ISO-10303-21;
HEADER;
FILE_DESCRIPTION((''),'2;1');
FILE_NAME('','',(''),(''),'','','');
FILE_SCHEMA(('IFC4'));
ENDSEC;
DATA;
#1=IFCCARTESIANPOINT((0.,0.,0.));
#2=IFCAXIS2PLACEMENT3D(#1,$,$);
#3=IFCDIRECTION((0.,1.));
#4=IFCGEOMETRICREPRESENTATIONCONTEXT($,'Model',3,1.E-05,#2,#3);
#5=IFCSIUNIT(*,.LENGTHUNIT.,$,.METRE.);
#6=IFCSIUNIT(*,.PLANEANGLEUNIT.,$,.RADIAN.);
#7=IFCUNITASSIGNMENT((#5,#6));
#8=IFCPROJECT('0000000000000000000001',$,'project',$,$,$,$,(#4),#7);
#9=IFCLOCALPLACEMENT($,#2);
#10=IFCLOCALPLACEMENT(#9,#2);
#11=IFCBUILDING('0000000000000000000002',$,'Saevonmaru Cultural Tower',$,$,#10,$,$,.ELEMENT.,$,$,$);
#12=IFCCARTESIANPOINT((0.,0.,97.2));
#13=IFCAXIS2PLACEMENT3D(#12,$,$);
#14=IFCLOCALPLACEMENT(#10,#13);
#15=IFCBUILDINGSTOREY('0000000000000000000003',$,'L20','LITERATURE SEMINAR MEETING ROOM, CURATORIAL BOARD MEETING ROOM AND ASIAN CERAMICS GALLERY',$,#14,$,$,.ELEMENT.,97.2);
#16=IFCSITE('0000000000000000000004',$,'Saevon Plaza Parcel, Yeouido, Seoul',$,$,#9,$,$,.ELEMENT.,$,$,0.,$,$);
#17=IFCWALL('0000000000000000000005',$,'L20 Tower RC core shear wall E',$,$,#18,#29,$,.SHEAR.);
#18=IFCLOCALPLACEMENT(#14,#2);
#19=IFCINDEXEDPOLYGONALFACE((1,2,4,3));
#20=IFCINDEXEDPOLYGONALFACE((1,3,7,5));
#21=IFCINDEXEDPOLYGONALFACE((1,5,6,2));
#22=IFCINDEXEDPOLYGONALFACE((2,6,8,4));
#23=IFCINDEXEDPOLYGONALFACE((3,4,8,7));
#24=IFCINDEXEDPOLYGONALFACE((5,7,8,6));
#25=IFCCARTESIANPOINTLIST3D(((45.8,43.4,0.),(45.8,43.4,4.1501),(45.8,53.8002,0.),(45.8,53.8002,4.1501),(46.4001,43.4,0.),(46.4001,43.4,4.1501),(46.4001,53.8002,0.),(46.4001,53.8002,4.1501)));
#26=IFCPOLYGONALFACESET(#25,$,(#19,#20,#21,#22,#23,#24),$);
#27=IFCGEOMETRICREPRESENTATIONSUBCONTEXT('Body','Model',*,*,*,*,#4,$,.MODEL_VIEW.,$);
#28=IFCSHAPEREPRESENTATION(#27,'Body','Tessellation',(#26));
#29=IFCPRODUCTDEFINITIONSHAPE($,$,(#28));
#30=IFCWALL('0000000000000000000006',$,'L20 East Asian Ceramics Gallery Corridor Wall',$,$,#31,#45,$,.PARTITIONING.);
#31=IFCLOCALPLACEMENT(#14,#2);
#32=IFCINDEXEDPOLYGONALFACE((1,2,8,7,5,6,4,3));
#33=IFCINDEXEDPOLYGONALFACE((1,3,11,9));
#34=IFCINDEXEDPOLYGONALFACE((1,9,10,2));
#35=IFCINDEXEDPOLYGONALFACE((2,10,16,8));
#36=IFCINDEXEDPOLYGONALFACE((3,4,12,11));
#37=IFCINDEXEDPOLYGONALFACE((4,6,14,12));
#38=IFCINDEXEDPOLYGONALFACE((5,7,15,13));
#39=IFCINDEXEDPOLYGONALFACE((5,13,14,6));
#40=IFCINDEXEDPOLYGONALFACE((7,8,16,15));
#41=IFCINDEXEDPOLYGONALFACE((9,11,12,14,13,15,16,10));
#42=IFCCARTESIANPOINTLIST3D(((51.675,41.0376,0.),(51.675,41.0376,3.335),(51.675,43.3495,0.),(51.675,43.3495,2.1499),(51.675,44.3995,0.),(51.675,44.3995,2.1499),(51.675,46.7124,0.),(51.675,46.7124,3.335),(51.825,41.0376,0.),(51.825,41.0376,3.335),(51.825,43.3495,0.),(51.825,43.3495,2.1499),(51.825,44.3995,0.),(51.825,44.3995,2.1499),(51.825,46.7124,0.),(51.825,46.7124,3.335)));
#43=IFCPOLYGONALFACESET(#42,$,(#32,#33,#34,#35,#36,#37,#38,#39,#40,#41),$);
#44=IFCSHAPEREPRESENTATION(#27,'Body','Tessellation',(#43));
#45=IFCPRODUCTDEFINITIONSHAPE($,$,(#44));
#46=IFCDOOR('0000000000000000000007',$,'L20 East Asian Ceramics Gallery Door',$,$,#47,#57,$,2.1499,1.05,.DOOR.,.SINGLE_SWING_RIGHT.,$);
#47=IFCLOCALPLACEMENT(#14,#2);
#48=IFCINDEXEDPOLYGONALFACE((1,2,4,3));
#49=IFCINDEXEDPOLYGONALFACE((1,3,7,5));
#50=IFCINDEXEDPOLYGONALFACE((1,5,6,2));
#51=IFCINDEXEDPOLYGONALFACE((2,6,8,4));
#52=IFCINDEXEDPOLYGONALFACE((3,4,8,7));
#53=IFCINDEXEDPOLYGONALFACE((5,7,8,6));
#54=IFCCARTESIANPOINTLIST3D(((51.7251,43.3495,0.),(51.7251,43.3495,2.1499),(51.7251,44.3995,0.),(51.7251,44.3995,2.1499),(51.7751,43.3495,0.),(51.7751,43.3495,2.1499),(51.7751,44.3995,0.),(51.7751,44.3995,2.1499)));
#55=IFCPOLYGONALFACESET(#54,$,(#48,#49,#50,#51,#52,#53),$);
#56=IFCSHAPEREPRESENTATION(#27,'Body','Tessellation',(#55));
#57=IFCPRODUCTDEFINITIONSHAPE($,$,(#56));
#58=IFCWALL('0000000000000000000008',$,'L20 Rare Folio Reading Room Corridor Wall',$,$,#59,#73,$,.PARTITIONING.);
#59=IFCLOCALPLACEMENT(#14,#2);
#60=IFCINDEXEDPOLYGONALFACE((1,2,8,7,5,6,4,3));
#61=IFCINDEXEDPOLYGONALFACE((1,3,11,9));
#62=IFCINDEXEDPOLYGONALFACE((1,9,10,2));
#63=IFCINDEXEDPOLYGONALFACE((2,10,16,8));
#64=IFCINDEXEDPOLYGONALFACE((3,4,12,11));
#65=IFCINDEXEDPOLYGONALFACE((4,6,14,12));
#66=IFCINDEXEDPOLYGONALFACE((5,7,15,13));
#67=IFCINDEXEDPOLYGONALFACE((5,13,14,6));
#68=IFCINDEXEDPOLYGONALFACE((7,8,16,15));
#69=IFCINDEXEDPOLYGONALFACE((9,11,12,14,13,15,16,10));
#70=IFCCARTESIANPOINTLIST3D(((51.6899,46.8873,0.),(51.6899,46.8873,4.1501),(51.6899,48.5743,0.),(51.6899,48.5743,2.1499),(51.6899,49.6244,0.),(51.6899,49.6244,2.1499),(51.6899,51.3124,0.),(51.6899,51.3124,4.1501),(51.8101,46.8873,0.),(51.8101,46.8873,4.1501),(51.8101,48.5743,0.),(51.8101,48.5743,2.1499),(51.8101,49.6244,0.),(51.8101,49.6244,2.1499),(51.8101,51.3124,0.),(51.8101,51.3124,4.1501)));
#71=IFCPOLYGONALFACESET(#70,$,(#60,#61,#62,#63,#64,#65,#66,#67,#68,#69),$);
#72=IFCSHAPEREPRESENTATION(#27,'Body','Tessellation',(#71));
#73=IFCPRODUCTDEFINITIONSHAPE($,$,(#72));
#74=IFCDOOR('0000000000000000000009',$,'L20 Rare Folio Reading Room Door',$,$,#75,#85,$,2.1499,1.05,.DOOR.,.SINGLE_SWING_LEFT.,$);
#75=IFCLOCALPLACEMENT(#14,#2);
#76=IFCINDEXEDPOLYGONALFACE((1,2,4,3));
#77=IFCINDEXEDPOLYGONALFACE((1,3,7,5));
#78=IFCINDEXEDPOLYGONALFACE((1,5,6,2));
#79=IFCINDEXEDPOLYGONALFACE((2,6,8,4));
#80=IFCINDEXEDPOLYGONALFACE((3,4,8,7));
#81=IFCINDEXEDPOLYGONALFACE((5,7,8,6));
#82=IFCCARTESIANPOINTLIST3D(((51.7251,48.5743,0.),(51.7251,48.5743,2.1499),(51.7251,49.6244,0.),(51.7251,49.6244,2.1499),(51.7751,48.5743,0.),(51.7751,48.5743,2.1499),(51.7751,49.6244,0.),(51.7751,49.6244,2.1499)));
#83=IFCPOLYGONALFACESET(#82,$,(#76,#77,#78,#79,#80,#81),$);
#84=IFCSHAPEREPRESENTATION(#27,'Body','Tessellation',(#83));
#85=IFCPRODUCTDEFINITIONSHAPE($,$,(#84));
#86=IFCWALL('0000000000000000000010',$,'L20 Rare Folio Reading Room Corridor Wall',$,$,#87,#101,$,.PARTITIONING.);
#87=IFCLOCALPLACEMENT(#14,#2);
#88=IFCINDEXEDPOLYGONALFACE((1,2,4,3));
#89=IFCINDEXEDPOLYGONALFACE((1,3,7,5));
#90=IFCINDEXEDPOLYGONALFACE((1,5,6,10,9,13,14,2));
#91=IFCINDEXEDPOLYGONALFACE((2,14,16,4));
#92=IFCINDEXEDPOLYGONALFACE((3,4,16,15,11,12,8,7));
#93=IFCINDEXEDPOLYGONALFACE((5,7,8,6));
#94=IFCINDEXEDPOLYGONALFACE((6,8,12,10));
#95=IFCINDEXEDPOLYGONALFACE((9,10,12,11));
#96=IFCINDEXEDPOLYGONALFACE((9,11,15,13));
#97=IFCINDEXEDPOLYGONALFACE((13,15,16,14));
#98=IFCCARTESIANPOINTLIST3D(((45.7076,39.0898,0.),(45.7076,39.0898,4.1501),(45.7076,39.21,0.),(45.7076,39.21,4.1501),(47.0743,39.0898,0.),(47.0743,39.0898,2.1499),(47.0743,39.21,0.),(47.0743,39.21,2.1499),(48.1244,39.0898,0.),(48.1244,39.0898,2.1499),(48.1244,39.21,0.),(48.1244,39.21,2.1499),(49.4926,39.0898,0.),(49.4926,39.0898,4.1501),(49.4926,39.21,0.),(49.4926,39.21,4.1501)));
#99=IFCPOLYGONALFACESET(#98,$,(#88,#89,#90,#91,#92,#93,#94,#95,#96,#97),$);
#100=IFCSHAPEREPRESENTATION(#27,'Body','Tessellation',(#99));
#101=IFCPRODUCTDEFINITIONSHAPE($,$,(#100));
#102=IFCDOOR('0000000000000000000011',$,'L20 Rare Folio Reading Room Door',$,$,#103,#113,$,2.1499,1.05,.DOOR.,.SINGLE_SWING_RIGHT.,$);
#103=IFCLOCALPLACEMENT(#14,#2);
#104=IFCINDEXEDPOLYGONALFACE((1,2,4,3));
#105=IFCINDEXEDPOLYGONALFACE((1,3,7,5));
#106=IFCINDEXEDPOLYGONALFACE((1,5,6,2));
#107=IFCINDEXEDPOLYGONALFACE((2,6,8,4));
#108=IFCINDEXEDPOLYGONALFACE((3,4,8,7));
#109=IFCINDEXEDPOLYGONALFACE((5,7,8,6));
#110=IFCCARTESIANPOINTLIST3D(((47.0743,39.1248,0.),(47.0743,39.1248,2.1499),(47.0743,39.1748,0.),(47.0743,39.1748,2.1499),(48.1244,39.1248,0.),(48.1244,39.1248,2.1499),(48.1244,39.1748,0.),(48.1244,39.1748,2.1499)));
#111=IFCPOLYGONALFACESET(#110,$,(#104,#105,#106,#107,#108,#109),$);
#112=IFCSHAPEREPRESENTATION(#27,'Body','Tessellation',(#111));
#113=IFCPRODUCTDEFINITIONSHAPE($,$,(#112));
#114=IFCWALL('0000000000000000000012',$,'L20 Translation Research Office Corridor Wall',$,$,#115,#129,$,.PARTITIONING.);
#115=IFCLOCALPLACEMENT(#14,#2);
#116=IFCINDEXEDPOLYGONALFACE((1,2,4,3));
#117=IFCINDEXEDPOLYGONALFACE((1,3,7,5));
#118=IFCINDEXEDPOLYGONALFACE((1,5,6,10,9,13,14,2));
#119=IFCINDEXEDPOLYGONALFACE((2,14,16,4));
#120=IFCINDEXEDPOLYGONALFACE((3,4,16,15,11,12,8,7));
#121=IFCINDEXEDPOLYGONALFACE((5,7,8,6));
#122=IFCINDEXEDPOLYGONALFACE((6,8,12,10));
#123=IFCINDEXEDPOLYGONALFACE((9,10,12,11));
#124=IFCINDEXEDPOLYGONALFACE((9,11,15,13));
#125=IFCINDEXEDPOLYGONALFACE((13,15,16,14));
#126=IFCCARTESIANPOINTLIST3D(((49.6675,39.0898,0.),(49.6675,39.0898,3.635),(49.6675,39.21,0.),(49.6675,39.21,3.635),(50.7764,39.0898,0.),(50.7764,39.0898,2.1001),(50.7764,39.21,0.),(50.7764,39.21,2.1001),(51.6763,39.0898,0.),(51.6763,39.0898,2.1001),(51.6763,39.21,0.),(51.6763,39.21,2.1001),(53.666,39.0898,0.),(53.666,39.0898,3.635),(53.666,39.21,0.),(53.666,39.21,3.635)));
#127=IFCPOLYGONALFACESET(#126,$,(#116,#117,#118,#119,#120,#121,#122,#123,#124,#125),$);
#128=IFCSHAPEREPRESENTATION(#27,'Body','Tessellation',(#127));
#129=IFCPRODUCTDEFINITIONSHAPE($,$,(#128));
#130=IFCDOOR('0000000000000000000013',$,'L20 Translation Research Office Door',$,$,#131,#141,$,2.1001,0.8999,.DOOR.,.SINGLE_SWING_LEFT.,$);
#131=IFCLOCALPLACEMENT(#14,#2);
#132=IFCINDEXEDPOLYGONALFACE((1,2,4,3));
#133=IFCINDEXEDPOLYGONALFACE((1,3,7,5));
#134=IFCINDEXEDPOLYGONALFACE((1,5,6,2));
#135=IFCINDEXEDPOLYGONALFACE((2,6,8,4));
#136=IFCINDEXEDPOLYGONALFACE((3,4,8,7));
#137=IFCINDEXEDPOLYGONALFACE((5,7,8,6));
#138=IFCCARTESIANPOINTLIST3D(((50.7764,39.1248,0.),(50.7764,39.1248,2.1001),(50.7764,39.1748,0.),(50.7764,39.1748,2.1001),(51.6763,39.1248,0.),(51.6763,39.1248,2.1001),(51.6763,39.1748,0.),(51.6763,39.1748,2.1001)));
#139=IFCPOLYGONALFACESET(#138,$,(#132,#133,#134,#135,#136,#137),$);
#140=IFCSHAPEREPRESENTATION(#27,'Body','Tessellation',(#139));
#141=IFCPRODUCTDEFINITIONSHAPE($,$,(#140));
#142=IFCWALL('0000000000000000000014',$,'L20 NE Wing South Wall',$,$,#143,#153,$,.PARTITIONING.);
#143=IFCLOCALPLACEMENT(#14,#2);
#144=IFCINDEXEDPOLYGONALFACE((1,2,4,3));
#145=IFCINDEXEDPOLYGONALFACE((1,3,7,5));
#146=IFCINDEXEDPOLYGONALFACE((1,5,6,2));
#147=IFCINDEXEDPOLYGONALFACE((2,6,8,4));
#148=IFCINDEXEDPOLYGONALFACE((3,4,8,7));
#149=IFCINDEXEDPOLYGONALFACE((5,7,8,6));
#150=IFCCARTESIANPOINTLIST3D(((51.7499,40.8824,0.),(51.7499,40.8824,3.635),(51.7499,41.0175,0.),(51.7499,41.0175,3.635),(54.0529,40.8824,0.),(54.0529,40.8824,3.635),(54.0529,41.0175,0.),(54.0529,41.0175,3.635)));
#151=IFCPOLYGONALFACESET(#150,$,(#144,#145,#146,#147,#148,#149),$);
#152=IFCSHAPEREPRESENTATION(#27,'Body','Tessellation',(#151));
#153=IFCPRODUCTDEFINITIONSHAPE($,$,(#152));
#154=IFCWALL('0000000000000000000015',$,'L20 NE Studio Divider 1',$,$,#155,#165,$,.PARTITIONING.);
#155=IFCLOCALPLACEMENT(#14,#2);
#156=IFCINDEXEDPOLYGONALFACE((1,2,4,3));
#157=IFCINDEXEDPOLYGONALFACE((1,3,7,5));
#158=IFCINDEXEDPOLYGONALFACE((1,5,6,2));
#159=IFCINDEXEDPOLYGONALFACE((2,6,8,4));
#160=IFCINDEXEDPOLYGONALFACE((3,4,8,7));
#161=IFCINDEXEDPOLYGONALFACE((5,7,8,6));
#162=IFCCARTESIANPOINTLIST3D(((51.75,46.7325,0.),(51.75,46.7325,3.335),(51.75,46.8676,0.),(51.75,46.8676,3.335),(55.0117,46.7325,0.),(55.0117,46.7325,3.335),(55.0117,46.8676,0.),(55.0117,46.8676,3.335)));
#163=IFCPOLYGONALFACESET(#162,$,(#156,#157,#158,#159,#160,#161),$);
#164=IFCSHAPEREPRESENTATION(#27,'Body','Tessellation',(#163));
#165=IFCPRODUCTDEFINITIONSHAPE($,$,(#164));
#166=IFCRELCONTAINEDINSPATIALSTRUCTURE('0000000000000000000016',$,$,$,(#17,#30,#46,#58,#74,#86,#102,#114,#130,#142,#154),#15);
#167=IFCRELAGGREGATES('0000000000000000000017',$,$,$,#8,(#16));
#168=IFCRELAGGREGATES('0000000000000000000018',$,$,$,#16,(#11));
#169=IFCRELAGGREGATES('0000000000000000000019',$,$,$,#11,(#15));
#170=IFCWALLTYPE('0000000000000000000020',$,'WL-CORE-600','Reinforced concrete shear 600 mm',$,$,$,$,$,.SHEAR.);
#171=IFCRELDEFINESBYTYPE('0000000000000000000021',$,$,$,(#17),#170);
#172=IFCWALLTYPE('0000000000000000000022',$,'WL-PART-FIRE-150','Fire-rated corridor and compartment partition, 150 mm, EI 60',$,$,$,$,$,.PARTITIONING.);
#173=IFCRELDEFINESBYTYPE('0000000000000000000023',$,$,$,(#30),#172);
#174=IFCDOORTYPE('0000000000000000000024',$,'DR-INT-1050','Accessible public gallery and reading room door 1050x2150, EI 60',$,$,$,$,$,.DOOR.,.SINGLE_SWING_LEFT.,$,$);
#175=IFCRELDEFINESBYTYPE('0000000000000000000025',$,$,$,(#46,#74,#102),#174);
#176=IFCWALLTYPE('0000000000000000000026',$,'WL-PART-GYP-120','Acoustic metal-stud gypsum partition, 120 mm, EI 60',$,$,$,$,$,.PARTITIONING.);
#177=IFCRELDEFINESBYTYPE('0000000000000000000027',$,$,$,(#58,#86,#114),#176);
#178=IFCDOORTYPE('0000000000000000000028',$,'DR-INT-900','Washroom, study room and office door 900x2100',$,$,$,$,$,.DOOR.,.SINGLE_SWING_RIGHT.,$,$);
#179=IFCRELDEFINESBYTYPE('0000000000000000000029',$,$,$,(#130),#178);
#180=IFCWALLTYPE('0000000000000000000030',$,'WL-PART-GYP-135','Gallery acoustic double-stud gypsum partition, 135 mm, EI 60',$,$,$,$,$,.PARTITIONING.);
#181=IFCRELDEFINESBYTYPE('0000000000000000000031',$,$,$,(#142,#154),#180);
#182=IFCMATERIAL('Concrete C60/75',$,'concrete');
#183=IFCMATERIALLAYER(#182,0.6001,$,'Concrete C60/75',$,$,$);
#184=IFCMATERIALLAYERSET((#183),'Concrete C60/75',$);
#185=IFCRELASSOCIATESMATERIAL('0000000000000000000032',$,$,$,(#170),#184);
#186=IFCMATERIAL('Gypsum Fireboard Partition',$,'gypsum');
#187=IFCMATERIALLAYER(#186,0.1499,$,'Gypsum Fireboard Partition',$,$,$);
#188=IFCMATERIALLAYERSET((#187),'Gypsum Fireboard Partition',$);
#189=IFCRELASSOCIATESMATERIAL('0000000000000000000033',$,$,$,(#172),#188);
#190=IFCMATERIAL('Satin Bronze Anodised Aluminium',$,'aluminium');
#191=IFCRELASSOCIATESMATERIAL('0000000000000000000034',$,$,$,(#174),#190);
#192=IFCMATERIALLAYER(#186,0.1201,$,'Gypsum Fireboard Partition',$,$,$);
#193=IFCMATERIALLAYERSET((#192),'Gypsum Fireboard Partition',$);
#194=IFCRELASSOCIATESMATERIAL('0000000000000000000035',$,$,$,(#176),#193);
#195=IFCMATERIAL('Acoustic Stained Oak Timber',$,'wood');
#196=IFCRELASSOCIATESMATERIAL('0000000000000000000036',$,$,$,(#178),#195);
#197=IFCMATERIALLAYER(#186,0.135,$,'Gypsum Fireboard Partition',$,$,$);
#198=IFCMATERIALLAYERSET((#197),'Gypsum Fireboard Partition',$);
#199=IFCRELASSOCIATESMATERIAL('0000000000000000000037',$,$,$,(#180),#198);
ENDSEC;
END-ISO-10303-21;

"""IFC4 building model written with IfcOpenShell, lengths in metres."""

from ifc_helpers import new_model, si_unit, direction, frame, frame_2d, origin, place, context, subcontext, project, spatial, rectangle, extrude, material, layer, layer_set, type_object, element, fill, save


model = new_model("IFC4")

# Units and contexts
model_context = context("Model", 3, precision=1e-05, world=origin(), true_north=direction((0.0, 1.0)))
body_context = subcontext(model_context, "Body", "Model", "MODEL_VIEW")
ifc_project = project(units=[si_unit("LENGTHUNIT", "METRE"), si_unit("PLANEANGLEUNIT", "RADIAN")], contexts=[model_context])

# Site, building, storey
site_placement = place(None, origin())
site = spatial("IfcSite", under=ifc_project, at=site_placement, Name="Saevon Plaza Parcel, Yeouido, Seoul", CompositionType="ELEMENT", RefElevation=0.0)
building_placement = place(site_placement, origin())
building = spatial("IfcBuilding", under=site, at=building_placement, Name="Saevonmaru Cultural Tower", CompositionType="ELEMENT")
storey_placement = place(building_placement, frame((0.0, 0.0, 97.2)))
storey = spatial("IfcBuildingStorey", under=building, at=storey_placement, Name="L20", Description="LITERATURE SEMINAR MEETING ROOM, CURATORIAL BOARD MEETING ROOM AND ASIAN CERAMICS GALLERY", CompositionType="ELEMENT", Elevation=97.2)

# Shared definitions
ifc_material_1 = material(Name="Satin Bronze Anodised Aluminium", Category="aluminium")

# Wall
ifc_material_2 = material(Name="Concrete C60/75", Category="concrete")
ifc_layer_1 = layer(ifc_material_2, 0.6001, Name="Concrete C60/75")
ifc_layer_set_1 = layer_set([ifc_layer_1], Name="Concrete C60/75")
wall_type_1 = type_object("IfcWallType", Name="WL-CORE-600", Description="Reinforced concrete shear 600 mm", PredefinedType="SHEAR", material=ifc_layer_set_1)
wall_1_placement = place(storey_placement, frame((46.1001, 43.3999, 0.0), z_axis=(0.0, 0.0, 1.0), x_axis=(0.0, 1.0, 0.0)))
element("IfcWall", 1, at=wall_1_placement, inside=storey, type_object=wall_type_1, Name="L20 Tower RC core shear wall E", PredefinedType="SHEAR", context=body_context, shape_type="SweptSolid", body=[
    extrude(rectangle(XDim=10.4001, YDim=0.6001, at=frame_2d((5.2002, 0.0))), origin(), (0.0, 0.0, 1.0), 4.1501),
])

# Walls, openings, doors
ifc_material_3 = material(Name="Gypsum Fireboard Partition", Category="gypsum")
ifc_layer_2 = layer(ifc_material_3, 0.1499, Name="Gypsum Fireboard Partition")
ifc_layer_set_2 = layer_set([ifc_layer_2], Name="Gypsum Fireboard Partition")
wall_type_2 = type_object("IfcWallType", Name="WL-PART-FIRE-150", Description="Fire-rated corridor and compartment partition, 150 mm, EI 60", PredefinedType="PARTITIONING", material=ifc_layer_set_2)
wall_2_placement = place(storey_placement, frame((51.75, 41.0376, 0.0), z_axis=(0.0, 0.0, 1.0), x_axis=(0.0, 1.0, 0.0)))
wall_2 = element("IfcWall", 2, at=wall_2_placement, inside=storey, type_object=wall_type_2, Name="L20 East Asian Ceramics Gallery Corridor Wall", PredefinedType="PARTITIONING", context=body_context, shape_type="SweptSolid", body=[
    extrude(rectangle(XDim=5.6748, YDim=0.1499, at=frame_2d((2.8374, 0.0))), origin(), (0.0, 0.0, 1.0), 3.335),
])
opening_1_placement = place(wall_2_placement, frame((2.312, 0.0, 0.0)))
opening_1 = element("IfcOpeningElement", 3, at=opening_1_placement, cuts=wall_2, PredefinedType="OPENING", context=body_context, shape_type="SweptSolid", body=[
    extrude(rectangle(XDim=1.05, YDim=2.1499, at=frame_2d((0.5249, 1.075))), frame((0.0, 0.085, 0.0), z_axis=(0.0, -1.0, 0.0), x_axis=(1.0, 0.0, 0.0)), (0.0, 0.0, 1.0), 0.1699),
])
door_type_1 = type_object("IfcDoorType", Name="DR-INT-1050", Description="Accessible public gallery and reading room door 1050x2150, EI 60", OperationType="SINGLE_SWING_LEFT", PredefinedType="DOOR", material=ifc_material_1)
door_1_placement = place(opening_1_placement, origin())
door_1 = element("IfcDoor", 4, at=door_1_placement, inside=storey, type_object=door_type_1, Name="L20 East Asian Ceramics Gallery Door", OperationType="SINGLE_SWING_RIGHT", OverallHeight=2.1499, OverallWidth=1.05, PredefinedType="DOOR", context=body_context, shape_type="SweptSolid", body=[
    extrude(rectangle(XDim=1.05, YDim=2.1499, at=frame_2d((0.5249, 1.075))), frame((0.0, 0.0249, 0.0), z_axis=(0.0, -1.0, 0.0), x_axis=(1.0, 0.0, 0.0)), (0.0, 0.0, 1.0), 0.05),
])
fill(opening_1, door_1)
ifc_layer_3 = layer(ifc_material_3, 0.1201, Name="Gypsum Fireboard Partition")
ifc_layer_set_3 = layer_set([ifc_layer_3], Name="Gypsum Fireboard Partition")
wall_type_3 = type_object("IfcWallType", Name="WL-PART-GYP-120", Description="Acoustic metal-stud gypsum partition, 120 mm, EI 60", PredefinedType="PARTITIONING", material=ifc_layer_set_3)
wall_3_placement = place(storey_placement, frame((51.75, 46.8875, 0.0), z_axis=(0.0, 0.0, 1.0), x_axis=(0.0, 1.0, 0.0)))
wall_3 = element("IfcWall", 5, at=wall_3_placement, inside=storey, type_object=wall_type_3, Name="L20 Rare Folio Reading Room Corridor Wall", PredefinedType="PARTITIONING", context=body_context, shape_type="SweptSolid", body=[
    extrude(rectangle(XDim=4.425, YDim=0.1201, at=frame_2d((2.2124, 0.0))), origin(), (0.0, 0.0, 1.0), 4.1501),
])
opening_2_placement = place(wall_3_placement, frame((1.687, 0.0, 0.0)))
opening_2 = element("IfcOpeningElement", 6, at=opening_2_placement, cuts=wall_3, PredefinedType="OPENING", context=body_context, shape_type="SweptSolid", body=[
    extrude(rectangle(XDim=1.05, YDim=2.1499, at=frame_2d((0.5249, 1.075))), frame((0.0, 0.0701, 0.0), z_axis=(0.0, -1.0, 0.0), x_axis=(1.0, 0.0, 0.0)), (0.0, 0.0, 1.0), 0.1401),
])
door_2_placement = place(opening_2_placement, origin())
door_2 = element("IfcDoor", 7, at=door_2_placement, inside=storey, type_object=door_type_1, Name="L20 Rare Folio Reading Room Door", OperationType="SINGLE_SWING_LEFT", OverallHeight=2.1499, OverallWidth=1.05, PredefinedType="DOOR", context=body_context, shape_type="SweptSolid", body=[
    extrude(rectangle(XDim=1.05, YDim=2.1499, at=frame_2d((0.5249, 1.075))), frame((0.0, 0.0249, 0.0), z_axis=(0.0, -1.0, 0.0), x_axis=(1.0, 0.0, 0.0)), (0.0, 0.0, 1.0), 0.05),
])
fill(opening_2, door_2)
wall_4_placement = place(storey_placement, frame((45.7075, 39.1499, 0.0), z_axis=(0.0, 0.0, 1.0), x_axis=(1.0, 0.0, 0.0)))
wall_4 = element("IfcWall", 8, at=wall_4_placement, inside=storey, type_object=wall_type_3, Name="L20 Rare Folio Reading Room Corridor Wall", PredefinedType="PARTITIONING", context=body_context, shape_type="SweptSolid", body=[
    extrude(rectangle(XDim=3.7849, YDim=0.1201, at=frame_2d((1.8926, 0.0))), origin(), (0.0, 0.0, 1.0), 4.1501),
])
opening_3_placement = place(wall_4_placement, frame((1.3669, 0.0, 0.0)))
opening_3 = element("IfcOpeningElement", 9, at=opening_3_placement, cuts=wall_4, PredefinedType="OPENING", context=body_context, shape_type="SweptSolid", body=[
    extrude(rectangle(XDim=1.05, YDim=2.1499, at=frame_2d((0.5249, 1.075))), frame((0.0, 0.0701, 0.0), z_axis=(0.0, -1.0, 0.0), x_axis=(1.0, 0.0, 0.0)), (0.0, 0.0, 1.0), 0.1401),
])
door_3_placement = place(opening_3_placement, origin())
door_3 = element("IfcDoor", 10, at=door_3_placement, inside=storey, type_object=door_type_1, Name="L20 Rare Folio Reading Room Door", OperationType="SINGLE_SWING_RIGHT", OverallHeight=2.1499, OverallWidth=1.05, PredefinedType="DOOR", context=body_context, shape_type="SweptSolid", body=[
    extrude(rectangle(XDim=1.05, YDim=2.1499, at=frame_2d((0.5249, 1.075))), frame((0.0, 0.0249, 0.0), z_axis=(0.0, -1.0, 0.0), x_axis=(1.0, 0.0, 0.0)), (0.0, 0.0, 1.0), 0.05),
])
fill(opening_3, door_3)
wall_5_placement = place(storey_placement, frame((49.6675, 39.1499, 0.0), z_axis=(0.0, 0.0, 1.0), x_axis=(1.0, 0.0, 0.0)))
wall_5 = element("IfcWall", 11, at=wall_5_placement, inside=storey, type_object=wall_type_3, Name="L20 Translation Research Office Corridor Wall", PredefinedType="PARTITIONING", context=body_context, shape_type="SweptSolid", body=[
    extrude(rectangle(XDim=3.9985, YDim=0.1201, at=frame_2d((1.9993, 0.0))), origin(), (0.0, 0.0, 1.0), 3.635),
])
opening_4_placement = place(wall_5_placement, frame((1.1089, 0.0, 0.0)))
opening_4 = element("IfcOpeningElement", 12, at=opening_4_placement, cuts=wall_5, PredefinedType="OPENING", context=body_context, shape_type="SweptSolid", body=[
    extrude(rectangle(XDim=0.8999, YDim=2.1001, at=frame_2d((0.45, 1.05))), frame((0.0, 0.0701, 0.0), z_axis=(0.0, -1.0, 0.0), x_axis=(1.0, 0.0, 0.0)), (0.0, 0.0, 1.0), 0.1401),
])
ifc_material_4 = material(Name="Acoustic Stained Oak Timber", Category="wood")
door_type_2 = type_object("IfcDoorType", Name="DR-INT-900", Description="Washroom, study room and office door 900x2100", OperationType="SINGLE_SWING_RIGHT", PredefinedType="DOOR", material=ifc_material_4)
door_4_placement = place(opening_4_placement, origin())
door_4 = element("IfcDoor", 13, at=door_4_placement, inside=storey, type_object=door_type_2, Name="L20 Translation Research Office Door", OperationType="SINGLE_SWING_LEFT", OverallHeight=2.1001, OverallWidth=0.8999, PredefinedType="DOOR", context=body_context, shape_type="SweptSolid", body=[
    extrude(rectangle(XDim=0.8999, YDim=2.1001, at=frame_2d((0.45, 1.05))), frame((0.0, 0.0249, 0.0), z_axis=(0.0, -1.0, 0.0), x_axis=(1.0, 0.0, 0.0)), (0.0, 0.0, 1.0), 0.05),
])
fill(opening_4, door_4)

# Walls
ifc_layer_4 = layer(ifc_material_3, 0.135, Name="Gypsum Fireboard Partition")
ifc_layer_set_4 = layer_set([ifc_layer_4], Name="Gypsum Fireboard Partition")
wall_type_4 = type_object("IfcWallType", Name="WL-PART-GYP-135", Description="Gallery acoustic double-stud gypsum partition, 135 mm, EI 60", PredefinedType="PARTITIONING", material=ifc_layer_set_4)
wall_6_placement = place(storey_placement, frame((51.75, 40.95, 0.0), z_axis=(0.0, 0.0, 1.0), x_axis=(1.0, 0.0, 0.0)))
element("IfcWall", 14, at=wall_6_placement, inside=storey, type_object=wall_type_4, Name="L20 NE Wing South Wall", PredefinedType="PARTITIONING", context=body_context, shape_type="SweptSolid", body=[
    extrude(rectangle(XDim=2.303, YDim=0.135, at=frame_2d((1.1514, 0.0))), origin(), (0.0, 0.0, 1.0), 3.635),
])
wall_7_placement = place(storey_placement, frame((51.75, 46.8, 0.0), z_axis=(0.0, 0.0, 1.0), x_axis=(1.0, 0.0, 0.0)))
element("IfcWall", 15, at=wall_7_placement, inside=storey, type_object=wall_type_4, Name="L20 NE Studio Divider 1", PredefinedType="PARTITIONING", context=body_context, shape_type="SweptSolid", body=[
    extrude(rectangle(XDim=3.2617, YDim=0.135, at=frame_2d((1.6309, 0.0))), origin(), (0.0, 0.0, 1.0), 3.335),
])

save(model, "model.ifc")
